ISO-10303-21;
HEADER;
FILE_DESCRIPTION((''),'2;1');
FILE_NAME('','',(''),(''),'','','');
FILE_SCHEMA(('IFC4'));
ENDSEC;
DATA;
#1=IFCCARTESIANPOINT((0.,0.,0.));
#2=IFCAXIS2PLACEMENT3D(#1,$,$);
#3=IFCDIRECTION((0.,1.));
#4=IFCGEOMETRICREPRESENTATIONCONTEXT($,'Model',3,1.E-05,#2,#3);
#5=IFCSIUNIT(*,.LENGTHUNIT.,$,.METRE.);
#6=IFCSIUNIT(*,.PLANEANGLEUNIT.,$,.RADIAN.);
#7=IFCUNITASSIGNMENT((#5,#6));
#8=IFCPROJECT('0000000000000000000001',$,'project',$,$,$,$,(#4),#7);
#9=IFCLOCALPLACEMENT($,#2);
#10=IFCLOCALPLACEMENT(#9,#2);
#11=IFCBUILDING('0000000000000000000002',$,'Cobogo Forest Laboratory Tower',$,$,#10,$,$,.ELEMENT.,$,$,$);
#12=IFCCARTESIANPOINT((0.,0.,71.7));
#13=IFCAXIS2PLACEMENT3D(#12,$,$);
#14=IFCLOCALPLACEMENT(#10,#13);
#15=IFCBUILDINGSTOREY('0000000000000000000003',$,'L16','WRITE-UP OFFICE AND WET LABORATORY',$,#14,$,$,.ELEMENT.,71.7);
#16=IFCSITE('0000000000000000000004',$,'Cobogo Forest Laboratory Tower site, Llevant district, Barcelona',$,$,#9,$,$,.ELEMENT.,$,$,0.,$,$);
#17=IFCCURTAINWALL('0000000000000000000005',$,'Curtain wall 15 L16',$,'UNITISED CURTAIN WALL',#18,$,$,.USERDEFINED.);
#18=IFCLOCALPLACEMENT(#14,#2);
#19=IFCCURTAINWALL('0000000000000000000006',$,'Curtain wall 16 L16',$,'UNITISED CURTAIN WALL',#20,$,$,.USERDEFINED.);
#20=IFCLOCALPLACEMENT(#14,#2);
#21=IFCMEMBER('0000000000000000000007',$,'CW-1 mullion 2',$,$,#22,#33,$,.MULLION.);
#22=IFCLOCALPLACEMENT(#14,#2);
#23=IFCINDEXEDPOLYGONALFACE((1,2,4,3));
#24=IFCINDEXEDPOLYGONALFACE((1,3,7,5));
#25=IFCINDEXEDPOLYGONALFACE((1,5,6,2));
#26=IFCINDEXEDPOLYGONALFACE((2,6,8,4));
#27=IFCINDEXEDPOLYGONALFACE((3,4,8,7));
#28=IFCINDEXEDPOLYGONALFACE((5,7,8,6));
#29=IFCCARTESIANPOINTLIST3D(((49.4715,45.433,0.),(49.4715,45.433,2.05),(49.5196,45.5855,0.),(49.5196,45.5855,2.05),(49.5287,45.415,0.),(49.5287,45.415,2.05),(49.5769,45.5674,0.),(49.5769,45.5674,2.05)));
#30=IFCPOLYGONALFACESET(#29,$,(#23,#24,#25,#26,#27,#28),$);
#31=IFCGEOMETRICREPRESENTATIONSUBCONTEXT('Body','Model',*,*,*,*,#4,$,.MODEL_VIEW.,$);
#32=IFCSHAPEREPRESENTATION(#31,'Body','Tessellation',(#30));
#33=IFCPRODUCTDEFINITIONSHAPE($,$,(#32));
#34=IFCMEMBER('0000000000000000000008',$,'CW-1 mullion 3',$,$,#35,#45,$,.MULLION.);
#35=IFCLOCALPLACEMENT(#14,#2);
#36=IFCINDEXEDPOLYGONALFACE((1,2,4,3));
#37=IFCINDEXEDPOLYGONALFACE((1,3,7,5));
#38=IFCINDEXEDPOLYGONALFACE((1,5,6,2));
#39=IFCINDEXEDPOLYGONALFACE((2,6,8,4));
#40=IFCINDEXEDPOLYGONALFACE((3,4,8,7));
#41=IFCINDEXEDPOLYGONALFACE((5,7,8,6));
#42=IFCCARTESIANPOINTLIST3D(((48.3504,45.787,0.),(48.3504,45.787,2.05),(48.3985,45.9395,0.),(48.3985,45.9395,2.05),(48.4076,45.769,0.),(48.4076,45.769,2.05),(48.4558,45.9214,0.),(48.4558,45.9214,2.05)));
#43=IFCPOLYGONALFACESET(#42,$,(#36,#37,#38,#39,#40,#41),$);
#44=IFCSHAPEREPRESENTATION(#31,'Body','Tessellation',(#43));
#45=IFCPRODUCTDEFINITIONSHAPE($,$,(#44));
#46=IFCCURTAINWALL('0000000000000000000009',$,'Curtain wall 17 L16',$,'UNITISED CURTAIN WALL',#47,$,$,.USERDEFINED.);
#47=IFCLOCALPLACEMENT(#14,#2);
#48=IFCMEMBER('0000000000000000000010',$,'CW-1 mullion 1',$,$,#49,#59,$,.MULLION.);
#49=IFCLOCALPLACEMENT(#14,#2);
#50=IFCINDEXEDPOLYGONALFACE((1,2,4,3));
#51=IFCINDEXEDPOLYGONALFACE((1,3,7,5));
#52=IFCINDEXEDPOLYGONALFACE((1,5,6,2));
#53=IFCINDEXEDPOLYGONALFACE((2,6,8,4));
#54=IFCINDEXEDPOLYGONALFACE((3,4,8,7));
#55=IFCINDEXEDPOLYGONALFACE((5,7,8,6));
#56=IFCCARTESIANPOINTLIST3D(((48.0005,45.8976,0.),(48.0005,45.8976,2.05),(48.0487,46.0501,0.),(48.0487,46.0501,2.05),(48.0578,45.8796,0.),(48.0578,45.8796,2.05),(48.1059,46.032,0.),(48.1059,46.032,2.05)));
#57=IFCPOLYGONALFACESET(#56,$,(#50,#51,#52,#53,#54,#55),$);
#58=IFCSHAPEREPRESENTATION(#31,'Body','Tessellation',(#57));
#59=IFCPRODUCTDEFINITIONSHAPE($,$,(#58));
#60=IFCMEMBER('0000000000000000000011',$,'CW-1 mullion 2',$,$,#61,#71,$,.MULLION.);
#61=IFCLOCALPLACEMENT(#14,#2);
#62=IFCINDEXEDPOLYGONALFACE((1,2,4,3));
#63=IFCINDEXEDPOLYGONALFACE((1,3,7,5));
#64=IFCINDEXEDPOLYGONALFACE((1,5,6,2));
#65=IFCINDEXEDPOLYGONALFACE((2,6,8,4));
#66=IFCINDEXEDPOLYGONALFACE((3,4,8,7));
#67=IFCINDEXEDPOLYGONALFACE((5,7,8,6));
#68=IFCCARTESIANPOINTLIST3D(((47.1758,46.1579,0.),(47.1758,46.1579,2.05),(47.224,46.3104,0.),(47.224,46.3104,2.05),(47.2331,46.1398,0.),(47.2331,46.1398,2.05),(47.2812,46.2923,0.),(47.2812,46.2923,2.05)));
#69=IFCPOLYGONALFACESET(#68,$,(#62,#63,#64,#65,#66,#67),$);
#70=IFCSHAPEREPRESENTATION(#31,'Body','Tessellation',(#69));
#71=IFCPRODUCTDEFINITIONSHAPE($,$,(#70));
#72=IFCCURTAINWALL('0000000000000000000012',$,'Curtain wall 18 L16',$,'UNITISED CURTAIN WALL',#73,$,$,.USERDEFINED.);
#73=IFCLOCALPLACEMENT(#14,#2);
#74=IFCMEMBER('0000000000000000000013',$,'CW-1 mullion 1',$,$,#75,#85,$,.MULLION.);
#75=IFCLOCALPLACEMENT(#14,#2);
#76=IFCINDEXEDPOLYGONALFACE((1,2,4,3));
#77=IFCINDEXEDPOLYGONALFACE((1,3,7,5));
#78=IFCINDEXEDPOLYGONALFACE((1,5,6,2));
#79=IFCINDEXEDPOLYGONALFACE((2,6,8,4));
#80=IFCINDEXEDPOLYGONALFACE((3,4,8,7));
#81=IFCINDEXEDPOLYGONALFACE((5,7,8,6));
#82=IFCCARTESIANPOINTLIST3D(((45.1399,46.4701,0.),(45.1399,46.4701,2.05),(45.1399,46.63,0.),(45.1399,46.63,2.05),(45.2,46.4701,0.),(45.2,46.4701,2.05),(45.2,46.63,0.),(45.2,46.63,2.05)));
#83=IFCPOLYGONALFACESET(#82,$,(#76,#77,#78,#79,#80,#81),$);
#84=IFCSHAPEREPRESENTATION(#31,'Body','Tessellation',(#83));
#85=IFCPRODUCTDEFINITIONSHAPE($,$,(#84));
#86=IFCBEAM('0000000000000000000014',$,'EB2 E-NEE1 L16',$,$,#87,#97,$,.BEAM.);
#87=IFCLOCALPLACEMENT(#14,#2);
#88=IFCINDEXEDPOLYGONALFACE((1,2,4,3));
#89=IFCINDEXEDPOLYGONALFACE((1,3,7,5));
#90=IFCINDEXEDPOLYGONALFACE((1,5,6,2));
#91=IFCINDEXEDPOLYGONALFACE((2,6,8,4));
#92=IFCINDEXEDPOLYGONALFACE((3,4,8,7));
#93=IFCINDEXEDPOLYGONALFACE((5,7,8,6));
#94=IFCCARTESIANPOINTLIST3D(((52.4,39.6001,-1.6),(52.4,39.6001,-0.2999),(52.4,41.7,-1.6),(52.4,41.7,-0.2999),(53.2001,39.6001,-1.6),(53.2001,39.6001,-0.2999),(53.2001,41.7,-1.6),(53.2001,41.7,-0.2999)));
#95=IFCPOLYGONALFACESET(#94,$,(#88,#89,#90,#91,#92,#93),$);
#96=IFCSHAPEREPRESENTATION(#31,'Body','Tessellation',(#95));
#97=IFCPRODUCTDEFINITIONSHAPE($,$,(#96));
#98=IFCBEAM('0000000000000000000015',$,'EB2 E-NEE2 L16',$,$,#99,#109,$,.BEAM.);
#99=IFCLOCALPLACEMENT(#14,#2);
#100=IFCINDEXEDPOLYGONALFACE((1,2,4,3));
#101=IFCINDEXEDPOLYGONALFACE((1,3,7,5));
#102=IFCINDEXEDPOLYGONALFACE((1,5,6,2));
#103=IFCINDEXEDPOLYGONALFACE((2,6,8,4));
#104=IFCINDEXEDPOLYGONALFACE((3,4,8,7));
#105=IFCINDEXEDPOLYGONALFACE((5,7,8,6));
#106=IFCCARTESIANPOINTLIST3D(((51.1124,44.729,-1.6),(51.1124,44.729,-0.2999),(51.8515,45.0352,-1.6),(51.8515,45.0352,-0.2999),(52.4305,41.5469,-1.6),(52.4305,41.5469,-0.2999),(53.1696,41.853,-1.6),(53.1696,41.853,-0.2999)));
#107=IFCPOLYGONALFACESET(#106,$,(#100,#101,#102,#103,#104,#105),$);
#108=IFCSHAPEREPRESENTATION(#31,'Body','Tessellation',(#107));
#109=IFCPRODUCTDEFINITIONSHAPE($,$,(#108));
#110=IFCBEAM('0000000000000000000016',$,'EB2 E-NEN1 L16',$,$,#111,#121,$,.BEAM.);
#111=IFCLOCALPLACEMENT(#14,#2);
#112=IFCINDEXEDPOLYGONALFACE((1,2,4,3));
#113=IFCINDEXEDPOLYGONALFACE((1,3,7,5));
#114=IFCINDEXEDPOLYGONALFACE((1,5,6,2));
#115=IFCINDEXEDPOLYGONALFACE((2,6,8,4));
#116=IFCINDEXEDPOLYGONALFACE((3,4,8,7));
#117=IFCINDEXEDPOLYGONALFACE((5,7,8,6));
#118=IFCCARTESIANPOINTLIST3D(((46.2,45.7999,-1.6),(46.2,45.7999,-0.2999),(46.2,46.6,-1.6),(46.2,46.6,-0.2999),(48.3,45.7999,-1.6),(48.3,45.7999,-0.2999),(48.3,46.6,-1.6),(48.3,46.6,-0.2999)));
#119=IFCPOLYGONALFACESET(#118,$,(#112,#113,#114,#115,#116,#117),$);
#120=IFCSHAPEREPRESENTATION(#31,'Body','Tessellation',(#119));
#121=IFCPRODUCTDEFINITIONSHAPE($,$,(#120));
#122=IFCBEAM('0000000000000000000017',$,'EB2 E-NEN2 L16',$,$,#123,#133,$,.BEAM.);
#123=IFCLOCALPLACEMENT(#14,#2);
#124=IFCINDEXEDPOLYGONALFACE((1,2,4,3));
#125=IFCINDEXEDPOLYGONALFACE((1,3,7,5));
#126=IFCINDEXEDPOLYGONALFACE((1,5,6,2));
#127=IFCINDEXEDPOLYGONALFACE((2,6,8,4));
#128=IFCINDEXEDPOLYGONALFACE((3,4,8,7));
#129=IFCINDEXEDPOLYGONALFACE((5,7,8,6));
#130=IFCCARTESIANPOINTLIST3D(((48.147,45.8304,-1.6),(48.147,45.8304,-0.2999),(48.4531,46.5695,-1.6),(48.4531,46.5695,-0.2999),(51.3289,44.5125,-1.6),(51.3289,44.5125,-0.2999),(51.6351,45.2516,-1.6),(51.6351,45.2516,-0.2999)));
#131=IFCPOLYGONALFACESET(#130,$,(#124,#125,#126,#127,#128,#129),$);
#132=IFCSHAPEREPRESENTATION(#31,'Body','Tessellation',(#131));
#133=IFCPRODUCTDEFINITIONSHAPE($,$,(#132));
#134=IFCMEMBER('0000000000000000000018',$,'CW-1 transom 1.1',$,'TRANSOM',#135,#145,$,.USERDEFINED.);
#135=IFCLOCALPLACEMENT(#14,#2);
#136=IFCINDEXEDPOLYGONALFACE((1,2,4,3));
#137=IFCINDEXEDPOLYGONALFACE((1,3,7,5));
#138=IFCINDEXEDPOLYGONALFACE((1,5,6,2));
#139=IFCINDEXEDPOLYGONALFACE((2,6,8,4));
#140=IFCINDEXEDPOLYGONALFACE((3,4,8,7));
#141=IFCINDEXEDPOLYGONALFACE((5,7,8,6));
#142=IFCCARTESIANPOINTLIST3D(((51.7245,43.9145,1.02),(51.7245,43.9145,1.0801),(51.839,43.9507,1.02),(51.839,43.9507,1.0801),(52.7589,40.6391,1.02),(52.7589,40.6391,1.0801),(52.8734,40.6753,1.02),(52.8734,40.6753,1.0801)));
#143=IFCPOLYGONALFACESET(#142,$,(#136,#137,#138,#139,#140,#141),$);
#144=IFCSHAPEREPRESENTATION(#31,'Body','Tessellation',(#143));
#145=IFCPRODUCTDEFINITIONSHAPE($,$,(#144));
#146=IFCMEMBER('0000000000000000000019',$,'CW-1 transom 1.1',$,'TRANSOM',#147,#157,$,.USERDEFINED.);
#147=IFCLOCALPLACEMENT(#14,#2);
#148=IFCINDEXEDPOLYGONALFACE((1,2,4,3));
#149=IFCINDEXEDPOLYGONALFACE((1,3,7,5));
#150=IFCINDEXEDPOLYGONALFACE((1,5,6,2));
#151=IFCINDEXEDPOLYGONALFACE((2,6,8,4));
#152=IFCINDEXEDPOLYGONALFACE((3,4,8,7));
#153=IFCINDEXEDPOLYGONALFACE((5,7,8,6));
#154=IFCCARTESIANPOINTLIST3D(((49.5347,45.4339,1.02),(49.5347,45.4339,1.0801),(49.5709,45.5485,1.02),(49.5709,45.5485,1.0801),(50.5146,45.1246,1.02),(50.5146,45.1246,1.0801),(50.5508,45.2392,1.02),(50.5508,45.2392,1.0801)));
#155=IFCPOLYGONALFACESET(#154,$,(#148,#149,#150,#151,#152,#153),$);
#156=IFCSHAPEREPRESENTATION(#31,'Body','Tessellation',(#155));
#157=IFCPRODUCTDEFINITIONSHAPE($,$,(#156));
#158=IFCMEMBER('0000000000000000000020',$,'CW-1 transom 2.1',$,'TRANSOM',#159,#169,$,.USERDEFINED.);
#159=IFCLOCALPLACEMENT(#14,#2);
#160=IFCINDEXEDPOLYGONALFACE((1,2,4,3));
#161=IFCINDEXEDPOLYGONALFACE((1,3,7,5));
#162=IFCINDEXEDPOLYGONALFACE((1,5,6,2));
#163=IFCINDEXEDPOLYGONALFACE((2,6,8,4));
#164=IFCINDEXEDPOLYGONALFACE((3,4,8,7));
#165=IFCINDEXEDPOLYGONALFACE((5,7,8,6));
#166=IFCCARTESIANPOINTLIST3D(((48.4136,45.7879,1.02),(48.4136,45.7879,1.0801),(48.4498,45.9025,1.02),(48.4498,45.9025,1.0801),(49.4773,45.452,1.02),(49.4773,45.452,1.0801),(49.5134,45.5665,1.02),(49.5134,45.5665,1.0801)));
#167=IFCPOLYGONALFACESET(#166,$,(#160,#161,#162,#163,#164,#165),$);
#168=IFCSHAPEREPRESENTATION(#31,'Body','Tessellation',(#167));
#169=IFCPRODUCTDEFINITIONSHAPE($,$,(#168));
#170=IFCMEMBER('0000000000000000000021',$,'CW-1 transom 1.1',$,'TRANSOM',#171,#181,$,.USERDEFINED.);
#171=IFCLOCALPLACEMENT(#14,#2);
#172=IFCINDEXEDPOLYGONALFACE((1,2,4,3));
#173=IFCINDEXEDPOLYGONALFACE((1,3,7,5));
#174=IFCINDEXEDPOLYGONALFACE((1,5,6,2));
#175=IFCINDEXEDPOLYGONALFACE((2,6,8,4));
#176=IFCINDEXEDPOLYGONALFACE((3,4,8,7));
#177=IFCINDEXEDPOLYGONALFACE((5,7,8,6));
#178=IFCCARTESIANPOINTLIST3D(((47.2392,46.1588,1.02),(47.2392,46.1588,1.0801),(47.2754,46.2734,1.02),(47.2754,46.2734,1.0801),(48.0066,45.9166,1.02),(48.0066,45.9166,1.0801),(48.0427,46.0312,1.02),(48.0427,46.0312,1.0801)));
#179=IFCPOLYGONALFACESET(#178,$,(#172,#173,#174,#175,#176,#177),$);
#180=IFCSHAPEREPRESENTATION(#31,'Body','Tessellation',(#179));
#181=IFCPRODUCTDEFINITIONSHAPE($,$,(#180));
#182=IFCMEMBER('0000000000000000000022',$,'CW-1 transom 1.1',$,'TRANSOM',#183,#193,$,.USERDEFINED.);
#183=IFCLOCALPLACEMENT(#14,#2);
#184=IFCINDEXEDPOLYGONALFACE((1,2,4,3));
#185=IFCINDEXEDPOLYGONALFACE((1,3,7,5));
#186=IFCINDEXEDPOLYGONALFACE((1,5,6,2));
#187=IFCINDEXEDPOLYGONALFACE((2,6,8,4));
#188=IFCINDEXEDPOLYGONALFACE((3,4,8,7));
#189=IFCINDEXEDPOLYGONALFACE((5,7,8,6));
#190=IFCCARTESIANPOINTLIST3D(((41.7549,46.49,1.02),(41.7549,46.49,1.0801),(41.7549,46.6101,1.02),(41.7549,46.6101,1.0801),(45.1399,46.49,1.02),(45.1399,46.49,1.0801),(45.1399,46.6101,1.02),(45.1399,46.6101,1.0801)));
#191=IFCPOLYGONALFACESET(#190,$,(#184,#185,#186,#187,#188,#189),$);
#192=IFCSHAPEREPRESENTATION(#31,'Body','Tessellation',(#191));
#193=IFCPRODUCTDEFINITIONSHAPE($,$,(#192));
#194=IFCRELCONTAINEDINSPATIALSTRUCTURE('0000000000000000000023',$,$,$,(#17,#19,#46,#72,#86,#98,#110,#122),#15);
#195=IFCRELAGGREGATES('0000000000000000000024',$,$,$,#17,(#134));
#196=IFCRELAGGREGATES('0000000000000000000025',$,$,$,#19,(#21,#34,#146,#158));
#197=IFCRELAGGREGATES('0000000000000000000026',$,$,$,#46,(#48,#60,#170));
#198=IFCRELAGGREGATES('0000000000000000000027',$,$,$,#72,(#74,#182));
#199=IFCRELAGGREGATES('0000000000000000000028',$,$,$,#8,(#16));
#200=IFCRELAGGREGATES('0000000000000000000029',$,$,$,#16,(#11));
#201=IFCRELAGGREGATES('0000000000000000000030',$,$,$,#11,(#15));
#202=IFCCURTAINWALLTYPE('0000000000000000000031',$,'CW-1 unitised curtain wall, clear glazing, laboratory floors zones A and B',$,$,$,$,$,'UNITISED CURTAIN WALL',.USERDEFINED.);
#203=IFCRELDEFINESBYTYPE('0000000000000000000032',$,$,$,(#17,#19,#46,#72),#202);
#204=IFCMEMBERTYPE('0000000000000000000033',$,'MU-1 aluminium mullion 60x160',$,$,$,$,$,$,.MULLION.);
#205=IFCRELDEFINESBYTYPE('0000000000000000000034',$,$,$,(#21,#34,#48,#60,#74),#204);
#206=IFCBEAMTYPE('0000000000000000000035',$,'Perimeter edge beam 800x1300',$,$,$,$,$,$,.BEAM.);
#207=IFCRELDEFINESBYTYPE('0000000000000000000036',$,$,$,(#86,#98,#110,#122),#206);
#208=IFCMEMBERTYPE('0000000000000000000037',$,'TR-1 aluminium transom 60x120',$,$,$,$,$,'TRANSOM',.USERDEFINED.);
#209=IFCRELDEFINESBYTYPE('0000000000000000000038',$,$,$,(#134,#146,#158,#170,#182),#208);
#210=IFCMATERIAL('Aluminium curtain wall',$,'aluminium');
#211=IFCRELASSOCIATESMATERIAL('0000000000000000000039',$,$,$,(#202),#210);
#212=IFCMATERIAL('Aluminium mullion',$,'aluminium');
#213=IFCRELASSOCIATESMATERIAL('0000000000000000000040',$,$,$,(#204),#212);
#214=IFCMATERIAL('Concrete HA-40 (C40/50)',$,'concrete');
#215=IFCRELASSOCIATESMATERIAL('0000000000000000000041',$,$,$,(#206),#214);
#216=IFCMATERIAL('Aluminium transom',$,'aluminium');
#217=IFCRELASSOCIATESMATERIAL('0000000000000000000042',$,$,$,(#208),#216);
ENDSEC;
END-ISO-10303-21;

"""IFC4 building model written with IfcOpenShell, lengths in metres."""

from ifc_helpers import new_model, si_unit, direction, frame, origin, origin_2d, place, context, subcontext, project, spatial, rectangle, extrude, material, material_profile, profile_set, type_object, element, aggregate, save


model = new_model("IFC4")

# Units and contexts
model_context = context("Model", 3, precision=1e-05, world=origin(), true_north=direction((0.0, 1.0)))
body_context = subcontext(model_context, "Body", "Model", "MODEL_VIEW")
ifc_project = project(units=[si_unit("LENGTHUNIT", "METRE"), si_unit("PLANEANGLEUNIT", "RADIAN")], contexts=[model_context])

# Site, building, storey
site_placement = place(None, origin())
site = spatial("IfcSite", under=ifc_project, at=site_placement, Name="Cobogo Forest Laboratory Tower site, Llevant district, Barcelona", CompositionType="ELEMENT", RefElevation=0.0)
building_placement = place(site_placement, origin())
building = spatial("IfcBuilding", under=site, at=building_placement, Name="Cobogo Forest Laboratory Tower", CompositionType="ELEMENT")
storey_placement = place(building_placement, frame((0.0, 0.0, 71.7)))
storey = spatial("IfcBuildingStorey", under=building, at=storey_placement, Name="L16", Description="WRITE-UP OFFICE AND WET LABORATORY", CompositionType="ELEMENT", Elevation=71.7)

# Shared definitions
ifc_material_1 = material(Name="Concrete HA-40 (C40/50)", Category="concrete")

# Curtain walls, members
ifc_material_2 = material(Name="Aluminium curtain wall", Category="aluminium")
curtain_wall_type = type_object("IfcCurtainWallType", Name="CW-1 unitised curtain wall, clear glazing, laboratory floors zones A and B", ElementType="UNITISED CURTAIN WALL", PredefinedType="USERDEFINED", material=ifc_material_2)
curtain_wall_1_placement = place(storey_placement, origin())
curtain_wall_1 = element("IfcCurtainWall", 1, at=curtain_wall_1_placement, inside=storey, type_object=curtain_wall_type, Name="Curtain wall 15 L16", ObjectType="UNITISED CURTAIN WALL", PredefinedType="USERDEFINED")
ifc_material_3 = material(Name="Aluminium mullion", Category="aluminium")
ifc_material_profile_1 = material_profile(ifc_material_3, rectangle(XDim=0.0601, YDim=0.1599, at=origin_2d()), Name="AL 60x160")
ifc_profile_set_1 = profile_set([ifc_material_profile_1], Name="Aluminium mullion")
member_type_1 = type_object("IfcMemberType", Name="MU-1 aluminium mullion 60x160", PredefinedType="MULLION", material=ifc_profile_set_1)
curtain_wall_2_placement = place(storey_placement, origin())
curtain_wall_2 = element("IfcCurtainWall", 2, at=curtain_wall_2_placement, inside=storey, type_object=curtain_wall_type, Name="Curtain wall 16 L16", ObjectType="UNITISED CURTAIN WALL", PredefinedType="USERDEFINED")
member_1_placement = place(storey_placement, frame((49.5242, 45.5002, 0.0), z_axis=(0.0, 0.0, 1.0), x_axis=(-0.953581, 0.301135, 0.0)))
member_1 = element("IfcMember", 3, at=member_1_placement, type_object=member_type_1, Name="CW-1 mullion 2", PredefinedType="MULLION", context=body_context, shape_type="SweptSolid", body=[
    extrude(rectangle(XDim=0.0601, YDim=0.1599, at=origin_2d()), origin(), (0.0, 0.0, 1.0), 2.05),
])
member_2_placement = place(storey_placement, frame((48.4031, 45.8542, 0.0), z_axis=(0.0, 0.0, 1.0), x_axis=(-0.953581, 0.301135, 0.0)))
member_2 = element("IfcMember", 4, at=member_2_placement, type_object=member_type_1, Name="CW-1 mullion 3", PredefinedType="MULLION", context=body_context, shape_type="SweptSolid", body=[
    extrude(rectangle(XDim=0.0601, YDim=0.1599, at=origin_2d()), origin(), (0.0, 0.0, 1.0), 2.05),
])
curtain_wall_3_placement = place(storey_placement, origin())
curtain_wall_3 = element("IfcCurtainWall", 5, at=curtain_wall_3_placement, inside=storey, type_object=curtain_wall_type, Name="Curtain wall 17 L16", ObjectType="UNITISED CURTAIN WALL", PredefinedType="USERDEFINED")
member_3_placement = place(storey_placement, frame((48.0532, 45.9648, 0.0), z_axis=(0.0, 0.0, 1.0), x_axis=(-0.953581, 0.301135, 0.0)))
member_3 = element("IfcMember", 6, at=member_3_placement, type_object=member_type_1, Name="CW-1 mullion 1", PredefinedType="MULLION", context=body_context, shape_type="SweptSolid", body=[
    extrude(rectangle(XDim=0.0601, YDim=0.1599, at=origin_2d()), origin(), (0.0, 0.0, 1.0), 2.05),
])
member_4_placement = place(storey_placement, frame((47.2285, 46.2251, 0.0), z_axis=(0.0, 0.0, 1.0), x_axis=(-0.953581, 0.301135, 0.0)))
member_4 = element("IfcMember", 7, at=member_4_placement, type_object=member_type_1, Name="CW-1 mullion 2", PredefinedType="MULLION", context=body_context, shape_type="SweptSolid", body=[
    extrude(rectangle(XDim=0.0601, YDim=0.1599, at=origin_2d()), origin(), (0.0, 0.0, 1.0), 2.05),
])

# Curtain wall, member
curtain_wall_4_placement = place(storey_placement, origin())
curtain_wall_4 = element("IfcCurtainWall", 8, at=curtain_wall_4_placement, inside=storey, type_object=curtain_wall_type, Name="Curtain wall 18 L16", ObjectType="UNITISED CURTAIN WALL", PredefinedType="USERDEFINED")
member_5_placement = place(storey_placement, frame((45.1699, 46.55, 0.0), z_axis=(0.0, 0.0, 1.0), x_axis=(-1.0, 0.0, 0.0)))
member_5 = element("IfcMember", 9, at=member_5_placement, type_object=member_type_1, Name="CW-1 mullion 1", PredefinedType="MULLION", context=body_context, shape_type="SweptSolid", body=[
    extrude(rectangle(XDim=0.0601, YDim=0.1599, at=origin_2d()), origin(), (0.0, 0.0, 1.0), 2.05),
])

# Beams
ifc_material_profile_2 = material_profile(ifc_material_1, rectangle(XDim=0.8, YDim=1.3, at=origin_2d()), Name="RC 800x1300")
ifc_profile_set_2 = profile_set([ifc_material_profile_2], Name="Concrete HA-40 (C40/50)")
beam_type_1 = type_object("IfcBeamType", Name="Perimeter edge beam 800x1300", PredefinedType="BEAM", material=ifc_profile_set_2)
beam_1_placement = place(storey_placement, frame((52.8, 39.6001, -0.95), z_axis=(0.0, 1.0, 0.0), x_axis=(-1.0, 0.0, 0.0)))
element("IfcBeam", 10, at=beam_1_placement, inside=storey, type_object=beam_type_1, Name="EB2 E-NEE1 L16", PredefinedType="BEAM", context=body_context, shape_type="SweptSolid", body=[
    extrude(rectangle(XDim=0.8, YDim=1.3, at=origin_2d()), origin(), (0.0, 0.0, 1.0), 2.0999),
])
beam_2_placement = place(storey_placement, frame((52.8, 41.7, -0.95), z_axis=(-0.382692, 0.923876, 0.0), x_axis=(-0.923876, -0.382692, 0.0)))
element("IfcBeam", 11, at=beam_2_placement, inside=storey, type_object=beam_type_1, Name="EB2 E-NEE2 L16", PredefinedType="BEAM", context=body_context, shape_type="SweptSolid", body=[
    extrude(rectangle(XDim=0.8, YDim=1.3, at=origin_2d()), origin(), (0.0, 0.0, 1.0), 3.4443),
])
beam_3_placement = place(storey_placement, frame((46.2, 46.2, -0.95), z_axis=(1.0, 0.0, 0.0), x_axis=(0.0, 1.0, 0.0)))
element("IfcBeam", 12, at=beam_3_placement, inside=storey, type_object=beam_type_1, Name="EB2 E-NEN1 L16", PredefinedType="BEAM", context=body_context, shape_type="SweptSolid", body=[
    extrude(rectangle(XDim=0.8, YDim=1.3, at=origin_2d()), origin(), (0.0, 0.0, 1.0), 2.1001),
])
beam_4_placement = place(storey_placement, frame((48.3, 46.2, -0.95), z_axis=(0.923891, -0.382656, 0.0), x_axis=(0.382656, 0.923891, 0.0)))
element("IfcBeam", 13, at=beam_4_placement, inside=storey, type_object=beam_type_1, Name="EB2 E-NEN2 L16", PredefinedType="BEAM", context=body_context, shape_type="SweptSolid", body=[
    extrude(rectangle(XDim=0.8, YDim=1.3, at=origin_2d()), origin(), (0.0, 0.0, 1.0), 3.4441),
])

# Members
ifc_material_4 = material(Name="Aluminium transom", Category="aluminium")
ifc_material_profile_3 = material_profile(ifc_material_4, rectangle(XDim=0.1201, YDim=0.0601, at=origin_2d()), Name="AL 60x120")
ifc_profile_set_3 = profile_set([ifc_material_profile_3], Name="Aluminium transom")
member_type_2 = type_object("IfcMemberType", Name="TR-1 aluminium transom 60x120", ElementType="TRANSOM", PredefinedType="USERDEFINED", material=ifc_profile_set_3)
member_6_placement = place(storey_placement, frame((52.8162, 40.6572, 1.05), z_axis=(-0.301155, 0.953575, 0.0), x_axis=(-0.953575, -0.301155, 0.0)))
member_6 = element("IfcMember", 14, at=member_6_placement, type_object=member_type_2, Name="CW-1 transom 1.1", ObjectType="TRANSOM", PredefinedType="USERDEFINED", context=body_context, shape_type="SweptSolid", body=[
    extrude(rectangle(XDim=0.1201, YDim=0.0601, at=origin_2d()), origin(), (0.0, 0.0, 1.0), 3.4348),
])
member_7_placement = place(storey_placement, frame((50.5327, 45.1819, 1.05), z_axis=(-0.953622, 0.301006, 0.0), x_axis=(-0.301006, -0.953622, 0.0)))
member_7 = element("IfcMember", 15, at=member_7_placement, type_object=member_type_2, Name="CW-1 transom 1.1", ObjectType="TRANSOM", PredefinedType="USERDEFINED", context=body_context, shape_type="SweptSolid", body=[
    extrude(rectangle(XDim=0.1201, YDim=0.0601, at=origin_2d()), origin(), (0.0, 0.0, 1.0), 1.0276),
])
member_8_placement = place(storey_placement, frame((49.4954, 45.5093, 1.05), z_axis=(-0.953576, 0.301152, 0.0), x_axis=(-0.301152, -0.953576, 0.0)))
member_8 = element("IfcMember", 16, at=member_8_placement, type_object=member_type_2, Name="CW-1 transom 2.1", ObjectType="TRANSOM", PredefinedType="USERDEFINED", context=body_context, shape_type="SweptSolid", body=[
    extrude(rectangle(XDim=0.1201, YDim=0.0601, at=origin_2d()), origin(), (0.0, 0.0, 1.0), 1.1155),
])
member_9_placement = place(storey_placement, frame((48.0247, 45.9739, 1.05), z_axis=(-0.953629, 0.300986, 0.0), x_axis=(-0.300986, -0.953629, 0.0)))
member_9 = element("IfcMember", 17, at=member_9_placement, type_object=member_type_2, Name="CW-1 transom 1.1", ObjectType="TRANSOM", PredefinedType="USERDEFINED", context=body_context, shape_type="SweptSolid", body=[
    extrude(rectangle(XDim=0.1201, YDim=0.0601, at=origin_2d()), origin(), (0.0, 0.0, 1.0), 0.8047),
])
member_10_placement = place(storey_placement, frame((45.1399, 46.55, 1.05), z_axis=(-1.0, 0.0, 0.0), x_axis=(0.0, -1.0, 0.0)))
member_10 = element("IfcMember", 18, at=member_10_placement, type_object=member_type_2, Name="CW-1 transom 1.1", ObjectType="TRANSOM", PredefinedType="USERDEFINED", context=body_context, shape_type="SweptSolid", body=[
    extrude(rectangle(XDim=0.1201, YDim=0.0601, at=origin_2d()), origin(), (0.0, 0.0, 1.0), 3.385),
])

aggregate(curtain_wall_1, [member_6])
aggregate(curtain_wall_2, [member_1, member_2, member_7, member_8])
aggregate(curtain_wall_3, [member_3, member_4, member_9])
aggregate(curtain_wall_4, [member_5, member_10])

save(model, "model.ifc")
